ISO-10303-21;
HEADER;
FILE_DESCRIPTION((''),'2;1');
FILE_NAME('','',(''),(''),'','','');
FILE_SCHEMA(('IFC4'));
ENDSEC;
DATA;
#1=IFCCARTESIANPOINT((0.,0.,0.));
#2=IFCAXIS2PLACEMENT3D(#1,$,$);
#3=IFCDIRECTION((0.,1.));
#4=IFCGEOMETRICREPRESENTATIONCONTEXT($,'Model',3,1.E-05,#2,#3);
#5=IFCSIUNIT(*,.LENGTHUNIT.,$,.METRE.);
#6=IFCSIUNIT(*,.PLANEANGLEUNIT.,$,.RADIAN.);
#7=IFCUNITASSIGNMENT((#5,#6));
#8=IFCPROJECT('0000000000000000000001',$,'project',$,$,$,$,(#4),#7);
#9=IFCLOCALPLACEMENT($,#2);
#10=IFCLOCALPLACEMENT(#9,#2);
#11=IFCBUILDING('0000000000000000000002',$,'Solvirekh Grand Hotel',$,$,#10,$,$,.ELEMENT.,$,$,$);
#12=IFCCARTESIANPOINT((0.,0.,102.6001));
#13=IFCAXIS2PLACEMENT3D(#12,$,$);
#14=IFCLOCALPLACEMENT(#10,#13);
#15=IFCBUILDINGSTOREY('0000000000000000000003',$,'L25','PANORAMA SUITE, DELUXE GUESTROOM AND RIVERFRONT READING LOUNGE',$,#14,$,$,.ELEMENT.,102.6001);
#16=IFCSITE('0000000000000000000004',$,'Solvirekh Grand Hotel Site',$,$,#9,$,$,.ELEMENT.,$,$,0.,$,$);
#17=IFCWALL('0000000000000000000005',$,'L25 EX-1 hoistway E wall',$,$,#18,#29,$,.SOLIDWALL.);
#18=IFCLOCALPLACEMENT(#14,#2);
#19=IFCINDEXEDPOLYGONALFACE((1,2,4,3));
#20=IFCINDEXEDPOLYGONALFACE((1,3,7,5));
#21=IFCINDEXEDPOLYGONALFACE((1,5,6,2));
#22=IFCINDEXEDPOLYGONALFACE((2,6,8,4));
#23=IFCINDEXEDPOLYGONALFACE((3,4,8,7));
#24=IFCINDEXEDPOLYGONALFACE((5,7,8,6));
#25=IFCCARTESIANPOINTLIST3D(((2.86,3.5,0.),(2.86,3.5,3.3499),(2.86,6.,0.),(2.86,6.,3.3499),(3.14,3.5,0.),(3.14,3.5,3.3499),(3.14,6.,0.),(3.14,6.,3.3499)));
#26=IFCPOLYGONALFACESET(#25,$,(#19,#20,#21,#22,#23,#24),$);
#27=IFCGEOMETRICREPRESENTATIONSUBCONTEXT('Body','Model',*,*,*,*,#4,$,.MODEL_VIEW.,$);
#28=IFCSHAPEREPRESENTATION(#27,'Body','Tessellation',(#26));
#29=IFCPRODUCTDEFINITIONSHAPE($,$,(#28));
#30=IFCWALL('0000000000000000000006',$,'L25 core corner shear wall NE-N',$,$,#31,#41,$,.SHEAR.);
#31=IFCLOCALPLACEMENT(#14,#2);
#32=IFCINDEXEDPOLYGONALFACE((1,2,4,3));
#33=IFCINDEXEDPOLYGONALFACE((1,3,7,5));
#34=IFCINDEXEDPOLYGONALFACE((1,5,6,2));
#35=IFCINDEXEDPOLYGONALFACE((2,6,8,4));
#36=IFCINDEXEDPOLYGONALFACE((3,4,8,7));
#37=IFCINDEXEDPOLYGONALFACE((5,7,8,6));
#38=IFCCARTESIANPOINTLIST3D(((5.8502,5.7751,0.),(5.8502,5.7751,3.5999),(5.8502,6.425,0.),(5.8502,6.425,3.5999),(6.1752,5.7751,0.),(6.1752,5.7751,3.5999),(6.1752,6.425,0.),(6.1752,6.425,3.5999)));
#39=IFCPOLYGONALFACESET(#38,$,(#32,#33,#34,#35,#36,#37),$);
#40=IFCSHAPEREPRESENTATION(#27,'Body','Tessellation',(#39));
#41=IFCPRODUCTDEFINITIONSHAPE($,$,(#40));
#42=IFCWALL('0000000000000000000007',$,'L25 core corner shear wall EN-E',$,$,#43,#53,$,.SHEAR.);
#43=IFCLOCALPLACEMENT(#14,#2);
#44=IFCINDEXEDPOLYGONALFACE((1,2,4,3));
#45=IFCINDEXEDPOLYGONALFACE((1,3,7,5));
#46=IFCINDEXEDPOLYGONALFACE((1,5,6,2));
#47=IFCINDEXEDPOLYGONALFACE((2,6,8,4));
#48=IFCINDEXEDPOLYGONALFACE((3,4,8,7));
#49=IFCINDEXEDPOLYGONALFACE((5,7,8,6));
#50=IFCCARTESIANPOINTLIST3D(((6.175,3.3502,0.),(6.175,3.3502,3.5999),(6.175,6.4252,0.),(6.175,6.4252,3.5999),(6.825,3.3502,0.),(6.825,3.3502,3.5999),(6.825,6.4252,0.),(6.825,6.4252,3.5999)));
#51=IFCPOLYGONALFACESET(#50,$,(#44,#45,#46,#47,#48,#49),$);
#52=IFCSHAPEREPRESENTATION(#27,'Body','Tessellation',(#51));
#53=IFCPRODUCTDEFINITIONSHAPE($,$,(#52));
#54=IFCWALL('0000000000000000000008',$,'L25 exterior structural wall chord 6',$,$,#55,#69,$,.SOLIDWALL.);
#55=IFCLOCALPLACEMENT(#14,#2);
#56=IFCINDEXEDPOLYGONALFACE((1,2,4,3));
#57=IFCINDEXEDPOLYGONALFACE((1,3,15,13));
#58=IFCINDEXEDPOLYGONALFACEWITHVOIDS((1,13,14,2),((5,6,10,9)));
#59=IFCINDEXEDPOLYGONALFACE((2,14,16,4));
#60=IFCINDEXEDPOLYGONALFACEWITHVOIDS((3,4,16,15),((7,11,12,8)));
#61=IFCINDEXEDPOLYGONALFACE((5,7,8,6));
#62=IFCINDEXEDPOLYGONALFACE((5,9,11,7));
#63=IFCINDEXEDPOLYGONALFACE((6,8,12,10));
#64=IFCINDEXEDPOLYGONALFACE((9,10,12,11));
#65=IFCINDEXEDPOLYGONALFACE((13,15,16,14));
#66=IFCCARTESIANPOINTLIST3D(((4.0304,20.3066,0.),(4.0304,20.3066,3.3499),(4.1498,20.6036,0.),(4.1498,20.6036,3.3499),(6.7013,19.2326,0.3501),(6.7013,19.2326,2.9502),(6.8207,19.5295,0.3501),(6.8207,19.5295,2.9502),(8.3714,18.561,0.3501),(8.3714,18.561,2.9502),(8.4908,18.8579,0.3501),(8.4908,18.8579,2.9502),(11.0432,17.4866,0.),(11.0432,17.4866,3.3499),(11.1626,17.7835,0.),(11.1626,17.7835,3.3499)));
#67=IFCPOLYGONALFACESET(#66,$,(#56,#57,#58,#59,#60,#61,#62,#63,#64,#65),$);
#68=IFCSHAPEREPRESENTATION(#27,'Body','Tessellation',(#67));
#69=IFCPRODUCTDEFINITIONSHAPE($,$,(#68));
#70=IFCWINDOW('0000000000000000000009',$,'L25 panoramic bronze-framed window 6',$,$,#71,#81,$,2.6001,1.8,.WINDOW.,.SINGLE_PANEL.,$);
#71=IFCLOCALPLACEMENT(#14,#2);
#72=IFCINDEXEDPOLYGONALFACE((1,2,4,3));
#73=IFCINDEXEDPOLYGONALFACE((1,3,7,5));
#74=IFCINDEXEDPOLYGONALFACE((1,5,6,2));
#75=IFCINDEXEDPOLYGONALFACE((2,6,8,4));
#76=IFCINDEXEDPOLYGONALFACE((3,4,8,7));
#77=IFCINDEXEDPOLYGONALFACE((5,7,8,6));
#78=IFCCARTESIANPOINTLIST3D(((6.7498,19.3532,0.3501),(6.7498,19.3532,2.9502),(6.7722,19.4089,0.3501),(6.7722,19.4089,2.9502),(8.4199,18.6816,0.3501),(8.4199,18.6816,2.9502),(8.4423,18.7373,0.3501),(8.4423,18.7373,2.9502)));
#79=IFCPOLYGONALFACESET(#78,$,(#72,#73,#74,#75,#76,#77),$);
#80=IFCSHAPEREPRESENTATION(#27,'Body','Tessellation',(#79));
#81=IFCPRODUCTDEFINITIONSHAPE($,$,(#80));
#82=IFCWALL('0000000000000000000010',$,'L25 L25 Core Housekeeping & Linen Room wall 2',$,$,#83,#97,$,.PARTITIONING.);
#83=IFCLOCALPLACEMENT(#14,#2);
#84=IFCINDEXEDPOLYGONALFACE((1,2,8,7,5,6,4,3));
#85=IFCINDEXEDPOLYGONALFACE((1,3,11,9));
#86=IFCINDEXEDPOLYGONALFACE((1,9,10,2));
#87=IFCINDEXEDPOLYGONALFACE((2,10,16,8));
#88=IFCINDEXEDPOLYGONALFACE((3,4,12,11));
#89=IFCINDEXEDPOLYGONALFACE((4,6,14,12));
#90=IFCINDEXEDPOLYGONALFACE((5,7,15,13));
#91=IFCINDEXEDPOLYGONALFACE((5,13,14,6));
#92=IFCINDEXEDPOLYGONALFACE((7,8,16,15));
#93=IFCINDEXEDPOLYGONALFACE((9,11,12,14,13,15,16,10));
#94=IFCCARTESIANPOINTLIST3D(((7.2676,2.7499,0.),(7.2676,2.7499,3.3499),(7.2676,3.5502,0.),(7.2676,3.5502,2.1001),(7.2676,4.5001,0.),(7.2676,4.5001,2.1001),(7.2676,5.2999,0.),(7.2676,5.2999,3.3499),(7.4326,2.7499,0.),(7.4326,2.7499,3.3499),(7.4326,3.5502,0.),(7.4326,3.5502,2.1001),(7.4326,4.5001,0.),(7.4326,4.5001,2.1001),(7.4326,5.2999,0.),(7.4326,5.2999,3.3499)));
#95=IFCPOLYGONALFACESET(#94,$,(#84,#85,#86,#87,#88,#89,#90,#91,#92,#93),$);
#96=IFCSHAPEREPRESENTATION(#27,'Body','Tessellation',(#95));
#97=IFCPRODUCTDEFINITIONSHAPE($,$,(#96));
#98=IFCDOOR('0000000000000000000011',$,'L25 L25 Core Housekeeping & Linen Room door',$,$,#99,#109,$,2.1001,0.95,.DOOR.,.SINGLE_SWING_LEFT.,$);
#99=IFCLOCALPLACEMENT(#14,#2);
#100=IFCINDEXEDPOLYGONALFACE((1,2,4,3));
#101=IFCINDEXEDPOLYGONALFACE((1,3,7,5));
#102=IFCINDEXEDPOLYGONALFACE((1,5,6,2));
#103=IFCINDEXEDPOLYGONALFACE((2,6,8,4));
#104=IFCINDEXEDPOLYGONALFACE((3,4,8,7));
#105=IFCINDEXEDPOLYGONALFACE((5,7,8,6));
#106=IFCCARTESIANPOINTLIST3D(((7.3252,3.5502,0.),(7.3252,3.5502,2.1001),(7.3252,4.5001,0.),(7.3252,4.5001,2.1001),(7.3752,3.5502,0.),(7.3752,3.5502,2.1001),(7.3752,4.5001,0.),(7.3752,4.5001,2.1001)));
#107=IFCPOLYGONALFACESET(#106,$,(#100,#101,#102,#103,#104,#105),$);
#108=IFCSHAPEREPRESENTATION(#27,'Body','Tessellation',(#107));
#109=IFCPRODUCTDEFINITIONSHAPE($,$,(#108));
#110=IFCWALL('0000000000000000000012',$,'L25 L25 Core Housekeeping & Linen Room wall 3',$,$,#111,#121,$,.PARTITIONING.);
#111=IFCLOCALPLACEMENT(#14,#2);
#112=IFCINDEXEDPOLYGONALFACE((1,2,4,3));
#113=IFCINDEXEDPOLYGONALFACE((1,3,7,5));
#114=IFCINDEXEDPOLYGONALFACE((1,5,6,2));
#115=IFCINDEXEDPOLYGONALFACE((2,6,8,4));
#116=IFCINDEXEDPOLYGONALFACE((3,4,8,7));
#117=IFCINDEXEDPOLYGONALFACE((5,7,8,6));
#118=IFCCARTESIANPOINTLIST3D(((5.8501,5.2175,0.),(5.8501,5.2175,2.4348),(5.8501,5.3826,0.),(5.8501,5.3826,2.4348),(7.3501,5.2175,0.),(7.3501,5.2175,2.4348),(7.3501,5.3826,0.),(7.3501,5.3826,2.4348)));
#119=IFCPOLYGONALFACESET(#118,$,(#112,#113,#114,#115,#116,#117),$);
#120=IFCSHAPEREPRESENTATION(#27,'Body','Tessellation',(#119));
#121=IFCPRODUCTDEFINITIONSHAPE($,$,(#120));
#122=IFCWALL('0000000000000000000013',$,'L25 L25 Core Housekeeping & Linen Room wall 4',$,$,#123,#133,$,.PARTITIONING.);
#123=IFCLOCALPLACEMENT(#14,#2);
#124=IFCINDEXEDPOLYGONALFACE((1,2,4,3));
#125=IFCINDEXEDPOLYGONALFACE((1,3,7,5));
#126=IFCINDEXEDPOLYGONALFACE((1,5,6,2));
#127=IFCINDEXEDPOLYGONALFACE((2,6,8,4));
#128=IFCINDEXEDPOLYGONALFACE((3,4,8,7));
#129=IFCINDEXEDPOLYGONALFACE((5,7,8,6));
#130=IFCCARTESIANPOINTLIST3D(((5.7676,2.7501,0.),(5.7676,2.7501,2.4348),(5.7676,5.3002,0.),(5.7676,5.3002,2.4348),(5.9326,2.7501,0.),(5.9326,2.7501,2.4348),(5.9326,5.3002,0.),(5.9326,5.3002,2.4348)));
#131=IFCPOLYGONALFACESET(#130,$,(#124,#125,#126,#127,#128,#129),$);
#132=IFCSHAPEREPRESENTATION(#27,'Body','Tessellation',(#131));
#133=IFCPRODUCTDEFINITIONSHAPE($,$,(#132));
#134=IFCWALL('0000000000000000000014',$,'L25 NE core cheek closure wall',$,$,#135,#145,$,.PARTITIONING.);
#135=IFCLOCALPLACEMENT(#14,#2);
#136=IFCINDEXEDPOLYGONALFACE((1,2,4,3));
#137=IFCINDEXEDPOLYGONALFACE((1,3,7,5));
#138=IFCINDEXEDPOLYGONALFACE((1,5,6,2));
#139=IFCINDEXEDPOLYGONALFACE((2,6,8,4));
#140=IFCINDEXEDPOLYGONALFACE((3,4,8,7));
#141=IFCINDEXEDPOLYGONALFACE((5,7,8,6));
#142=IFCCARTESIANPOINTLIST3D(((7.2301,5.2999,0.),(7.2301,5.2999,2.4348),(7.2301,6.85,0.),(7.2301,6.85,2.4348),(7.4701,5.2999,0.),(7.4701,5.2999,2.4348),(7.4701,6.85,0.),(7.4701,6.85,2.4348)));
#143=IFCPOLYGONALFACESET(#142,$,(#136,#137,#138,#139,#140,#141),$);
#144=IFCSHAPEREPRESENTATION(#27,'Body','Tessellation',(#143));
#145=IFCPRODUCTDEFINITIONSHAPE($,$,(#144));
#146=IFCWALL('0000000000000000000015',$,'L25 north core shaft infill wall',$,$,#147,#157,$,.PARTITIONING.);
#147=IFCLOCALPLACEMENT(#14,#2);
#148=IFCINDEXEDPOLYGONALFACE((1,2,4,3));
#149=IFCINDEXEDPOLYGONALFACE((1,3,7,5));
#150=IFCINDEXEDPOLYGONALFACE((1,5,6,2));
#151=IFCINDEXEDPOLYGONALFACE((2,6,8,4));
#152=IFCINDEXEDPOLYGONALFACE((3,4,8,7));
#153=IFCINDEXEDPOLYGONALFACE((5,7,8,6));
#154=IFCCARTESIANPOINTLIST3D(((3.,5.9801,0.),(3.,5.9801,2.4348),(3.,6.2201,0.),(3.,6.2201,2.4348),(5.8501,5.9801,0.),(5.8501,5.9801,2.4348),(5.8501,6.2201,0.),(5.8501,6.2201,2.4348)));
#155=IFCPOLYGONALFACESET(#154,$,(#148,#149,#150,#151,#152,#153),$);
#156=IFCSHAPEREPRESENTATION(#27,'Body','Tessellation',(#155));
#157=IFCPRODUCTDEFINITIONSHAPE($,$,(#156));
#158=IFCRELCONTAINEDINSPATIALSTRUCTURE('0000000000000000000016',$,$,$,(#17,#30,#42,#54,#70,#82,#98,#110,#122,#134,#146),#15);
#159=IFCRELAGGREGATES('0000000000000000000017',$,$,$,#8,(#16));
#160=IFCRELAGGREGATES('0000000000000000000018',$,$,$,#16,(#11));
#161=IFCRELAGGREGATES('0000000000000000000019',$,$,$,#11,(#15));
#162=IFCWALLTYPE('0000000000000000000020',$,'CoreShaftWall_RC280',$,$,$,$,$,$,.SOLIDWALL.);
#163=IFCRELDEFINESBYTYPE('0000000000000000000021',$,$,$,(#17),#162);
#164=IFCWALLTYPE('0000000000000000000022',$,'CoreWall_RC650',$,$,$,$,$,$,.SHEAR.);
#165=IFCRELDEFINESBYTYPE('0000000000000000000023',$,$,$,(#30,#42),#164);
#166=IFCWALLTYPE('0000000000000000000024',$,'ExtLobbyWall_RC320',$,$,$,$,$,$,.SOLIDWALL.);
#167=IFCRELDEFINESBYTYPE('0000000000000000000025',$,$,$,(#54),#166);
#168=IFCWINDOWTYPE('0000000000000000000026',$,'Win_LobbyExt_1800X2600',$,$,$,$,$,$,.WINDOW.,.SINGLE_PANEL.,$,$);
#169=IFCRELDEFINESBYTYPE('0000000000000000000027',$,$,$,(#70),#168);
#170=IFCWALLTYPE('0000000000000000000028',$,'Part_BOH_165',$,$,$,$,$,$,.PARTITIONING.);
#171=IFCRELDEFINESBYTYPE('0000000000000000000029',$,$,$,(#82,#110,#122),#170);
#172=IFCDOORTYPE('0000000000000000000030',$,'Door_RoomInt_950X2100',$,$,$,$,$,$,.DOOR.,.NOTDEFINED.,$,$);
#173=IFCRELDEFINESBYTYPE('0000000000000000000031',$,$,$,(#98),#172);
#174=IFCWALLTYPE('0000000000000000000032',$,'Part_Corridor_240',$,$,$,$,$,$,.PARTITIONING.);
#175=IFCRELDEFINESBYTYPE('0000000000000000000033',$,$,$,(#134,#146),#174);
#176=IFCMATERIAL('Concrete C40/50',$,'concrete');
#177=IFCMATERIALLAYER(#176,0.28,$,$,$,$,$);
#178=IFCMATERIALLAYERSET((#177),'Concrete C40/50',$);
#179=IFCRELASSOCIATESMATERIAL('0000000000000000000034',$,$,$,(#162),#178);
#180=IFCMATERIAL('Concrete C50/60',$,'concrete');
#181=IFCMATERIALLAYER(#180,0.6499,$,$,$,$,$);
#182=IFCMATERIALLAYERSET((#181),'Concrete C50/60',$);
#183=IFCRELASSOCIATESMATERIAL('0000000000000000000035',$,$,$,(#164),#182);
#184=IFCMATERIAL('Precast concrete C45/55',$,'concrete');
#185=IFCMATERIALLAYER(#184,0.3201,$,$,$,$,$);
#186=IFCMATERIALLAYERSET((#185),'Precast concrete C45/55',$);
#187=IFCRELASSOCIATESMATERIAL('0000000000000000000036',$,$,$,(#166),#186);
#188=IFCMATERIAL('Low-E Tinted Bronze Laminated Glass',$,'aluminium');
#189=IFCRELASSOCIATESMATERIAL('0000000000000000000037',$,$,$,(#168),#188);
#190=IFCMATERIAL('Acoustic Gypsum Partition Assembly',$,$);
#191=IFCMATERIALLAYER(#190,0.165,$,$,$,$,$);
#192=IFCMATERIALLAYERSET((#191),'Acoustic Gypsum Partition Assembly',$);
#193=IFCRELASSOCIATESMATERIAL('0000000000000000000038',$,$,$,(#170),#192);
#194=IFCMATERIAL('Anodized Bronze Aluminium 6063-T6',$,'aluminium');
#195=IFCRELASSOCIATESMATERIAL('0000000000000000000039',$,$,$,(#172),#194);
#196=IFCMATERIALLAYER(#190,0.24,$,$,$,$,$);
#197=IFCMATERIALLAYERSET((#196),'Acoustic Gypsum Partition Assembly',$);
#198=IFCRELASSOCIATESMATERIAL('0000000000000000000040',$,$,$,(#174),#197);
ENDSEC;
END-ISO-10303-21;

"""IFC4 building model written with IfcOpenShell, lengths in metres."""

from ifc_helpers import new_model, si_unit, direction, frame, frame_2d, origin, place, context, subcontext, project, spatial, rectangle, extrude, material, layer, layer_set, type_object, element, fill, save


model = new_model("IFC4")

# Units and contexts
model_context = context("Model", 3, precision=1e-05, world=origin(), true_north=direction((0.0, 1.0)))
body_context = subcontext(model_context, "Body", "Model", "MODEL_VIEW")
ifc_project = project(units=[si_unit("LENGTHUNIT", "METRE"), si_unit("PLANEANGLEUNIT", "RADIAN")], contexts=[model_context])

# Site, building, storey
site_placement = place(None, origin())
site = spatial("IfcSite", under=ifc_project, at=site_placement, Name="Solvirekh Grand Hotel Site", CompositionType="ELEMENT", RefElevation=0.0)
building_placement = place(site_placement, origin())
building = spatial("IfcBuilding", under=site, at=building_placement, Name="Solvirekh Grand Hotel", CompositionType="ELEMENT")
storey_placement = place(building_placement, frame((0.0, 0.0, 102.6001)))
storey = spatial("IfcBuildingStorey", under=building, at=storey_placement, Name="L25", Description="PANORAMA SUITE, DELUXE GUESTROOM AND RIVERFRONT READING LOUNGE", CompositionType="ELEMENT", Elevation=102.6001)

# Shared definitions
ifc_material_1 = material(Name="Concrete C50/60", Category="concrete")

# Walls
ifc_material_2 = material(Name="Concrete C40/50", Category="concrete")
ifc_layer_1 = layer(ifc_material_2, 0.28)
ifc_layer_set_1 = layer_set([ifc_layer_1], Name="Concrete C40/50")
wall_type_1 = type_object("IfcWallType", Name="CoreShaftWall_RC280", PredefinedType="SOLIDWALL", material=ifc_layer_set_1)
wall_1_placement = place(storey_placement, frame((3.0, 3.5, 0.0), z_axis=(0.0, 0.0, 1.0), x_axis=(0.0, 1.0, 0.0)))
element("IfcWall", 1, at=wall_1_placement, inside=storey, type_object=wall_type_1, Name="L25 EX-1 hoistway E wall", PredefinedType="SOLIDWALL", context=body_context, shape_type="SweptSolid", body=[
    extrude(rectangle(XDim=2.5, YDim=0.28, at=frame_2d((1.25, 0.0))), origin(), (0.0, 0.0, 1.0), 3.3499),
])
ifc_layer_2 = layer(ifc_material_1, 0.6499)
ifc_layer_set_2 = layer_set([ifc_layer_2], Name="Concrete C50/60")
wall_type_2 = type_object("IfcWallType", Name="CoreWall_RC650", PredefinedType="SHEAR", material=ifc_layer_set_2)
wall_2_placement = place(storey_placement, frame((5.8501, 6.1001, 0.0), z_axis=(0.0, 0.0, 1.0), x_axis=(1.0, 0.0, 0.0)))
element("IfcWall", 2, at=wall_2_placement, inside=storey, type_object=wall_type_2, Name="L25 core corner shear wall NE-N", PredefinedType="SHEAR", context=body_context, shape_type="SweptSolid", body=[
    extrude(rectangle(XDim=0.325, YDim=0.6499, at=frame_2d((0.1626, 0.0))), origin(), (0.0, 0.0, 1.0), 3.5999),
])
wall_3_placement = place(storey_placement, frame((6.5, 3.3501, 0.0), z_axis=(0.0, 0.0, 1.0), x_axis=(0.0, 1.0, 0.0)))
element("IfcWall", 3, at=wall_3_placement, inside=storey, type_object=wall_type_2, Name="L25 core corner shear wall EN-E", PredefinedType="SHEAR", context=body_context, shape_type="SweptSolid", body=[
    extrude(rectangle(XDim=3.075, YDim=0.6499, at=frame_2d((1.5376, 0.0))), origin(), (0.0, 0.0, 1.0), 3.5999),
])

# Wall, opening, window
ifc_material_3 = material(Name="Precast concrete C45/55", Category="concrete")
ifc_layer_3 = layer(ifc_material_3, 0.3201)
ifc_layer_set_3 = layer_set([ifc_layer_3], Name="Precast concrete C45/55")
wall_type_3 = type_object("IfcWallType", Name="ExtLobbyWall_RC320", PredefinedType="SOLIDWALL", material=ifc_layer_set_3)
wall_4_placement = place(storey_placement, frame((4.0901, 20.4551, 0.0), z_axis=(0.0, 0.0, 1.0), x_axis=(0.927796, -0.373089, 0.0)))
wall_4 = element("IfcWall", 4, at=wall_4_placement, inside=storey, type_object=wall_type_3, Name="L25 exterior structural wall chord 6", PredefinedType="SOLIDWALL", context=body_context, shape_type="SweptSolid", body=[
    extrude(rectangle(XDim=7.5586, YDim=0.3201, at=frame_2d((3.7793, 0.0))), origin(), (0.0, 0.0, 1.0), 3.3499),
])
opening_1_placement = place(wall_4_placement, frame((2.8789, 0.0, 0.3501)))
opening_1 = element("IfcOpeningElement", 5, at=opening_1_placement, cuts=wall_4, PredefinedType="OPENING", context=body_context, shape_type="SweptSolid", body=[
    extrude(rectangle(XDim=1.8, YDim=2.6001, at=frame_2d((0.8999, 1.3))), frame((0.0, 0.1699, 0.0), z_axis=(0.0, -1.0, 0.0), x_axis=(1.0, 0.0, 0.0)), (0.0, 0.0, 1.0), 0.3401),
])
ifc_material_4 = material(Name="Low-E Tinted Bronze Laminated Glass", Category="aluminium")
window_type = type_object("IfcWindowType", Name="Win_LobbyExt_1800X2600", PartitioningType="SINGLE_PANEL", PredefinedType="WINDOW", material=ifc_material_4)
window_placement = place(opening_1_placement, origin())
window = element("IfcWindow", 6, at=window_placement, inside=storey, type_object=window_type, Name="L25 panoramic bronze-framed window 6", OverallHeight=2.6001, OverallWidth=1.8, PartitioningType="SINGLE_PANEL", PredefinedType="WINDOW", context=body_context, shape_type="SweptSolid", body=[
    extrude(rectangle(XDim=1.8, YDim=2.6001, at=frame_2d((0.8999, 1.3))), frame((0.0, 0.03, 0.0), z_axis=(0.0, -1.0, 0.0), x_axis=(1.0, 0.0, 0.0)), (0.0, 0.0, 1.0), 0.0601),
])
fill(opening_1, window)

# Wall, opening, door
ifc_material_5 = material(Name="Acoustic Gypsum Partition Assembly")
ifc_layer_4 = layer(ifc_material_5, 0.165)
ifc_layer_set_4 = layer_set([ifc_layer_4], Name="Acoustic Gypsum Partition Assembly")
wall_type_4 = type_object("IfcWallType", Name="Part_BOH_165", PredefinedType="PARTITIONING", material=ifc_layer_set_4)
wall_5_placement = place(storey_placement, frame((7.3501, 2.75, 0.0), z_axis=(0.0, 0.0, 1.0), x_axis=(0.0, 1.0, 0.0)))
wall_5 = element("IfcWall", 7, at=wall_5_placement, inside=storey, type_object=wall_type_4, Name="L25 L25 Core Housekeeping & Linen Room wall 2", PredefinedType="PARTITIONING", context=body_context, shape_type="SweptSolid", body=[
    extrude(rectangle(XDim=2.55, YDim=0.165, at=frame_2d((1.2749, 0.0))), origin(), (0.0, 0.0, 1.0), 3.3499),
])
opening_2_placement = place(wall_5_placement, frame((0.8, 0.0, 0.0)))
opening_2 = element("IfcOpeningElement", 8, at=opening_2_placement, cuts=wall_5, PredefinedType="OPENING", context=body_context, shape_type="SweptSolid", body=[
    extrude(rectangle(XDim=0.95, YDim=2.1001, at=frame_2d((0.4751, 1.05))), frame((0.0, 0.0925, 0.0), z_axis=(0.0, -1.0, 0.0), x_axis=(1.0, 0.0, 0.0)), (0.0, 0.0, 1.0), 0.1851),
])
ifc_material_6 = material(Name="Anodized Bronze Aluminium 6063-T6", Category="aluminium")
door_type_1 = type_object("IfcDoorType", Name="Door_RoomInt_950X2100", OperationType="NOTDEFINED", PredefinedType="DOOR", material=ifc_material_6)
door_1_placement = place(opening_2_placement, origin())
door_1 = element("IfcDoor", 9, at=door_1_placement, inside=storey, type_object=door_type_1, Name="L25 L25 Core Housekeeping & Linen Room door", OperationType="SINGLE_SWING_LEFT", OverallHeight=2.1001, OverallWidth=0.95, PredefinedType="DOOR", context=body_context, shape_type="SweptSolid", body=[
    extrude(rectangle(XDim=0.95, YDim=2.1001, at=frame_2d((0.4751, 1.05))), frame((0.0, 0.0249, 0.0), z_axis=(0.0, -1.0, 0.0), x_axis=(1.0, 0.0, 0.0)), (0.0, 0.0, 1.0), 0.05),
])
fill(opening_2, door_1)

# Walls
wall_6_placement = place(storey_placement, frame((7.3501, 5.3, 0.0), z_axis=(0.0, 0.0, 1.0), x_axis=(-1.0, 0.0, 0.0)))
element("IfcWall", 10, at=wall_6_placement, inside=storey, type_object=wall_type_4, Name="L25 L25 Core Housekeeping & Linen Room wall 3", PredefinedType="PARTITIONING", context=body_context, shape_type="SweptSolid", body=[
    extrude(rectangle(XDim=1.5, YDim=0.165, at=frame_2d((0.75, 0.0))), origin(), (0.0, 0.0, 1.0), 2.4348),
])
wall_7_placement = place(storey_placement, frame((5.8501, 5.3, 0.0), z_axis=(0.0, 0.0, 1.0), x_axis=(0.0, -1.0, 0.0)))
element("IfcWall", 11, at=wall_7_placement, inside=storey, type_object=wall_type_4, Name="L25 L25 Core Housekeeping & Linen Room wall 4", PredefinedType="PARTITIONING", context=body_context, shape_type="SweptSolid", body=[
    extrude(rectangle(XDim=2.55, YDim=0.165, at=frame_2d((1.2749, 0.0))), origin(), (0.0, 0.0, 1.0), 2.4348),
])
ifc_layer_5 = layer(ifc_material_5, 0.24)
ifc_layer_set_5 = layer_set([ifc_layer_5], Name="Acoustic Gypsum Partition Assembly")
wall_type_5 = type_object("IfcWallType", Name="Part_Corridor_240", PredefinedType="PARTITIONING", material=ifc_layer_set_5)
wall_8_placement = place(storey_placement, frame((7.3501, 5.3, 0.0), z_axis=(0.0, 0.0, 1.0), x_axis=(0.0, 1.0, 0.0)))
element("IfcWall", 12, at=wall_8_placement, inside=storey, type_object=wall_type_5, Name="L25 NE core cheek closure wall", PredefinedType="PARTITIONING", context=body_context, shape_type="SweptSolid", body=[
    extrude(rectangle(XDim=1.55, YDim=0.24, at=frame_2d((0.7749, 0.0))), origin(), (0.0, 0.0, 1.0), 2.4348),
])
wall_9_placement = place(storey_placement, frame((3.0, 6.1001, 0.0), z_axis=(0.0, 0.0, 1.0), x_axis=(1.0, 0.0, 0.0)))
element("IfcWall", 13, at=wall_9_placement, inside=storey, type_object=wall_type_5, Name="L25 north core shaft infill wall", PredefinedType="PARTITIONING", context=body_context, shape_type="SweptSolid", body=[
    extrude(rectangle(XDim=2.8501, YDim=0.24, at=frame_2d((1.425, 0.0))), origin(), (0.0, 0.0, 1.0), 2.4348),
])

save(model, "model.ifc")
